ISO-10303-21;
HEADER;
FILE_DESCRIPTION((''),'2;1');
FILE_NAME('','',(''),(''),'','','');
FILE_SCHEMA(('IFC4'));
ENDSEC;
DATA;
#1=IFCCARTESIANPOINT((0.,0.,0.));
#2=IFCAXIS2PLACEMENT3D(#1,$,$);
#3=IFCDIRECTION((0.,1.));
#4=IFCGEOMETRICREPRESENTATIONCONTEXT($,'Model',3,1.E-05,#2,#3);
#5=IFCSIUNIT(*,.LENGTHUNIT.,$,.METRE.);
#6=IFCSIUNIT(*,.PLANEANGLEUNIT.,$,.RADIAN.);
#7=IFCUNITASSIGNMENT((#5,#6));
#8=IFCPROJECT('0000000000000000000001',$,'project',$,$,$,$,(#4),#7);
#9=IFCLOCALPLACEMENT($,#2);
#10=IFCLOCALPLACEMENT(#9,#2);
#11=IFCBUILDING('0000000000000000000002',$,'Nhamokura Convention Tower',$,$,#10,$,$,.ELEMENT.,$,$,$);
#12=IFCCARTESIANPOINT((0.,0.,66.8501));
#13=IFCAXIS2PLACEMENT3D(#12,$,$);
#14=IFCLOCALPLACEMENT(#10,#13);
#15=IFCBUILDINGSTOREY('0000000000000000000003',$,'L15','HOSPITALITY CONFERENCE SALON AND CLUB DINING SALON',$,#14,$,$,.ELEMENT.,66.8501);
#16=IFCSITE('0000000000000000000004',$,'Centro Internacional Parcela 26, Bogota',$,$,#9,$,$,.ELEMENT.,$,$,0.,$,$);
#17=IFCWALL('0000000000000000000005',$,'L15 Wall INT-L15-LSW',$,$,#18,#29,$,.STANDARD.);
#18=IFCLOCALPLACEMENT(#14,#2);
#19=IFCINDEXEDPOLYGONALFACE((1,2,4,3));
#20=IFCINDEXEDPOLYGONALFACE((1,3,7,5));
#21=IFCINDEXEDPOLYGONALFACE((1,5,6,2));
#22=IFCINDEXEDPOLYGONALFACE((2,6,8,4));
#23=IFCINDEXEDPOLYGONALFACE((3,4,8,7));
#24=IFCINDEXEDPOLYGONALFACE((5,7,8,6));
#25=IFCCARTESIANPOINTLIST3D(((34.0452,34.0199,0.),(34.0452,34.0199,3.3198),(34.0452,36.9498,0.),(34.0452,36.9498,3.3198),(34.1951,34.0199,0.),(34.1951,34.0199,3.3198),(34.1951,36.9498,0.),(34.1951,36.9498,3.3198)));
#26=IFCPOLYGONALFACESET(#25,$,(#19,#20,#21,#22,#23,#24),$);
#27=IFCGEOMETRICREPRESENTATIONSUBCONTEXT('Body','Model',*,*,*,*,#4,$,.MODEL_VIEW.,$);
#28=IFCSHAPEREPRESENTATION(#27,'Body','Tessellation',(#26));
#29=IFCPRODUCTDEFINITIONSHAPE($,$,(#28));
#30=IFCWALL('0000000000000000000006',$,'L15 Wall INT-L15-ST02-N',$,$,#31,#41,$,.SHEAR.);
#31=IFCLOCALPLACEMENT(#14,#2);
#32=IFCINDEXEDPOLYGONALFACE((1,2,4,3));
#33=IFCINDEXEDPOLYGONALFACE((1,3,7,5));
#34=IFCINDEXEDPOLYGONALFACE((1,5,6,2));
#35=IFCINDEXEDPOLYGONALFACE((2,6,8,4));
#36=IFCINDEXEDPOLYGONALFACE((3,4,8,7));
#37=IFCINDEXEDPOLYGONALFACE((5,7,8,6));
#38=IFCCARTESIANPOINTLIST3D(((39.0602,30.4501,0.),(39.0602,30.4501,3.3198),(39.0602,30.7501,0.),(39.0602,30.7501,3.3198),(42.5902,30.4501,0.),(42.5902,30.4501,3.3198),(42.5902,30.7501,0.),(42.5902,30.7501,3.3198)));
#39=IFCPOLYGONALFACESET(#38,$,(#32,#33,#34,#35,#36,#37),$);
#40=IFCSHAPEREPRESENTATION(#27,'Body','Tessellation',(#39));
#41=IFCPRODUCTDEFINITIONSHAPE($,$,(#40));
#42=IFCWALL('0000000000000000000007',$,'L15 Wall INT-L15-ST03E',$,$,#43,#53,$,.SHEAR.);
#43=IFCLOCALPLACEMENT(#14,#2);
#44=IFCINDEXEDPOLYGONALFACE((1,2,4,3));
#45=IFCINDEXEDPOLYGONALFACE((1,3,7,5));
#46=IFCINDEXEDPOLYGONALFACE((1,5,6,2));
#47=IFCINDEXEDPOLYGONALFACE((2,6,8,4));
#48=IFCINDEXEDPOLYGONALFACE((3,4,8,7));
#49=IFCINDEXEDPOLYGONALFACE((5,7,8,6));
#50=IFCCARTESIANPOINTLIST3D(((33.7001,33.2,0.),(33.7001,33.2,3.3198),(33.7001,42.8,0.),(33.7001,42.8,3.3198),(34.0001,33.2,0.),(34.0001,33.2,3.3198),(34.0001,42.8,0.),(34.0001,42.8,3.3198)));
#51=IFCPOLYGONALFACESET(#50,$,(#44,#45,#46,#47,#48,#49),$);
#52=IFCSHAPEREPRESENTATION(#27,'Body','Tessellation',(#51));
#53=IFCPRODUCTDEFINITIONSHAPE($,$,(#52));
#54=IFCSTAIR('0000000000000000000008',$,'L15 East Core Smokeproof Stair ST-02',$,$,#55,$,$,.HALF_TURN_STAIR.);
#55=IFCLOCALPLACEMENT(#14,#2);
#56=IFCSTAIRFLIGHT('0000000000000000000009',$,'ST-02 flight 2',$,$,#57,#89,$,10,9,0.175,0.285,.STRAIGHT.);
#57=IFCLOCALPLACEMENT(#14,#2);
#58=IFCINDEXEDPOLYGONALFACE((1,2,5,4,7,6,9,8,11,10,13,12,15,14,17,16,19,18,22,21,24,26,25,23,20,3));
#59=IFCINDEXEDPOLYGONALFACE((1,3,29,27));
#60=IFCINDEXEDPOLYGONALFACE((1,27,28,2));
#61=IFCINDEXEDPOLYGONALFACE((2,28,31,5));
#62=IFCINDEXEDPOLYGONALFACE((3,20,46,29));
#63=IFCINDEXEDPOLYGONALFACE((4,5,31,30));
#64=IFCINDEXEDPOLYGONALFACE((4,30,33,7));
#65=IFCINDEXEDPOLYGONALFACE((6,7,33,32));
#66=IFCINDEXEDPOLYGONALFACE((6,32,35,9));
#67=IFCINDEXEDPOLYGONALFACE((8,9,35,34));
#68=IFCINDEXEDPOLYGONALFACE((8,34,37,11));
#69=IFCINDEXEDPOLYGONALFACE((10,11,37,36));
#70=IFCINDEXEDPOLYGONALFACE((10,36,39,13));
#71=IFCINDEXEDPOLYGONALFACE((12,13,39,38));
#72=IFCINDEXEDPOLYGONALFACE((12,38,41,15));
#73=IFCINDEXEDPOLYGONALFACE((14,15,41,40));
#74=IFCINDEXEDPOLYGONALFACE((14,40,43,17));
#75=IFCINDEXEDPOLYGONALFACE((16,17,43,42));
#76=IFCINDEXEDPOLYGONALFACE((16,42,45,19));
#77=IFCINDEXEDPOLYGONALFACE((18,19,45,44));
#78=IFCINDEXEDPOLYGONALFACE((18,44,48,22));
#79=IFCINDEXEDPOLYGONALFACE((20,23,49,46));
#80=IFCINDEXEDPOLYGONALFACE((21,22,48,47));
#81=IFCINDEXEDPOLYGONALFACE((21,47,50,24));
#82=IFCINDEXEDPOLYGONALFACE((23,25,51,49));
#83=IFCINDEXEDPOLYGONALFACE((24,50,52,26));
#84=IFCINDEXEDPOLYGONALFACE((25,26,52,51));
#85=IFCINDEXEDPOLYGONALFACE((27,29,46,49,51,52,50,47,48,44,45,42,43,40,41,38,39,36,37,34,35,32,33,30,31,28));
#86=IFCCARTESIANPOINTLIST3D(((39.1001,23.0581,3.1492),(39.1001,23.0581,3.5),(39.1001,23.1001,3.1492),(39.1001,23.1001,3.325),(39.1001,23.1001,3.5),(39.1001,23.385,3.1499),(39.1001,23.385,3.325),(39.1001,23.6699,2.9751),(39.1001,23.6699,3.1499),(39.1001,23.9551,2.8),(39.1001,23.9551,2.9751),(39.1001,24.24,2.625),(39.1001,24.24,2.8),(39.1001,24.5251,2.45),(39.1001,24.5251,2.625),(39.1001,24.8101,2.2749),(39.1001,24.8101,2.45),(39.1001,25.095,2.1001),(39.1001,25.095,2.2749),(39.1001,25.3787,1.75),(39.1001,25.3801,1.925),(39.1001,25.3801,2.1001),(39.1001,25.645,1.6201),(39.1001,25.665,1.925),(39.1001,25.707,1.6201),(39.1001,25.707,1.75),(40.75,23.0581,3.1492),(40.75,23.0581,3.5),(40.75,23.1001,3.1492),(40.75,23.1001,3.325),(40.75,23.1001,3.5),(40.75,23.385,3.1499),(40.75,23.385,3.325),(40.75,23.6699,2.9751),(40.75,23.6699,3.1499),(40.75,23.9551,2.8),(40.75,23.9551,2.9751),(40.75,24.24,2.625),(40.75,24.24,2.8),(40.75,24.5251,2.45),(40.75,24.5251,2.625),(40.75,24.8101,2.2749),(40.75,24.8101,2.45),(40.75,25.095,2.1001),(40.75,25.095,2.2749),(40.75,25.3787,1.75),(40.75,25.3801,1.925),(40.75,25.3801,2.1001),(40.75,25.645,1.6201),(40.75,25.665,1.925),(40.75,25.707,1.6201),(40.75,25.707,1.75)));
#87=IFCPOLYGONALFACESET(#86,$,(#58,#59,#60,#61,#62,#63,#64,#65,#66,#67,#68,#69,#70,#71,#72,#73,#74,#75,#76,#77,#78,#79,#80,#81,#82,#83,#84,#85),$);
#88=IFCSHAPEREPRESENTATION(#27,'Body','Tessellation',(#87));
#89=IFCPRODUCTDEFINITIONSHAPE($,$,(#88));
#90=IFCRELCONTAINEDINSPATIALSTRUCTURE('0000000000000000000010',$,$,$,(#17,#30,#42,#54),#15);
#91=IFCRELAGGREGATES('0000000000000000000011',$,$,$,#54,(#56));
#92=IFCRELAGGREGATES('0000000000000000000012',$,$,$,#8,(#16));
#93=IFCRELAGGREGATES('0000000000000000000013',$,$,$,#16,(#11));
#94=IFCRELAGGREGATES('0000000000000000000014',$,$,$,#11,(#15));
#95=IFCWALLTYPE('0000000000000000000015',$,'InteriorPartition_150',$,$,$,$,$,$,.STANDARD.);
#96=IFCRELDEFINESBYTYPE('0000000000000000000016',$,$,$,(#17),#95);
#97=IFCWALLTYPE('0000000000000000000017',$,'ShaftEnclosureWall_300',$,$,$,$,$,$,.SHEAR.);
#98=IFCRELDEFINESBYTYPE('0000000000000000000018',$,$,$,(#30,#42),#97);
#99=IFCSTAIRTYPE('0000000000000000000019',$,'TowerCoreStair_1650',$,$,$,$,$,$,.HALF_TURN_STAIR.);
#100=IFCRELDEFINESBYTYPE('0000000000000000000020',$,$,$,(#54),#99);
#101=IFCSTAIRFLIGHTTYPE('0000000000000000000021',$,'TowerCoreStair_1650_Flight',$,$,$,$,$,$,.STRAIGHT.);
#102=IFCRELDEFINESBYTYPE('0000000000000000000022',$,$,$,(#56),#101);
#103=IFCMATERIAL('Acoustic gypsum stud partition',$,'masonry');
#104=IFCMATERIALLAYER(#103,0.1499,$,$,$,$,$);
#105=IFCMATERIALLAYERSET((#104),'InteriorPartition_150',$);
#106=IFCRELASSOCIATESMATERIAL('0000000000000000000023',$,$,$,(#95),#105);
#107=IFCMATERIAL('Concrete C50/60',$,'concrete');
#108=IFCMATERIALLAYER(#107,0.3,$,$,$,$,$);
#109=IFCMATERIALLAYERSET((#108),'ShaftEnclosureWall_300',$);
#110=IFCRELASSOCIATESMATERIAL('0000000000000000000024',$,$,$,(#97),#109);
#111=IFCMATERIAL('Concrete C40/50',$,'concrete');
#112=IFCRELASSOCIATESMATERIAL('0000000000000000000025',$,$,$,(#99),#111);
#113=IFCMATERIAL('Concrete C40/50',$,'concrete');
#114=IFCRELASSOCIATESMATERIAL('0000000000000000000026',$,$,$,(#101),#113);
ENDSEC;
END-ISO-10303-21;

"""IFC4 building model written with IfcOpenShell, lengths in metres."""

from ifc_helpers import new_model, si_unit, direction, frame, frame_2d, origin, place, context, subcontext, project, spatial, polyline, rectangle, outline, extrude, material, layer, layer_set, type_object, element, aggregate, save


model = new_model("IFC4")

# Units and contexts
model_context = context("Model", 3, precision=1e-05, world=origin(), true_north=direction((0.0, 1.0)))
body_context = subcontext(model_context, "Body", "Model", "MODEL_VIEW")
ifc_project = project(units=[si_unit("LENGTHUNIT", "METRE"), si_unit("PLANEANGLEUNIT", "RADIAN")], contexts=[model_context])

# Site, building, storey
site_placement = place(None, origin())
site = spatial("IfcSite", under=ifc_project, at=site_placement, Name="Centro Internacional Parcela 26, Bogota", CompositionType="ELEMENT", RefElevation=0.0)
building_placement = place(site_placement, origin())
building = spatial("IfcBuilding", under=site, at=building_placement, Name="Nhamokura Convention Tower", CompositionType="ELEMENT")
storey_placement = place(building_placement, frame((0.0, 0.0, 66.8501)))
storey = spatial("IfcBuildingStorey", under=building, at=storey_placement, Name="L15", Description="HOSPITALITY CONFERENCE SALON AND CLUB DINING SALON", CompositionType="ELEMENT", Elevation=66.8501)

# Shared definitions
ifc_material_1 = material(Name="Acoustic gypsum stud partition", Category="masonry")
ifc_layer_1 = layer(ifc_material_1, 0.1499)
ifc_layer_set_1 = layer_set([ifc_layer_1], Name="InteriorPartition_150")
wall_type_1 = type_object("IfcWallType", Name="InteriorPartition_150", PredefinedType="STANDARD", material=ifc_layer_set_1)

# Walls
wall_1_placement = place(storey_placement, frame((34.1201, 34.02, 0.0), z_axis=(0.0, 0.0, 1.0), x_axis=(0.0, 1.0, 0.0)))
element("IfcWall", 1, at=wall_1_placement, inside=storey, type_object=wall_type_1, Name="L15 Wall INT-L15-LSW", PredefinedType="STANDARD", context=body_context, shape_type="SweptSolid", body=[
    extrude(rectangle(XDim=2.9299, YDim=0.1499, at=frame_2d((1.4648, 0.0))), origin(), (0.0, 0.0, 1.0), 3.3198),
])
ifc_material_2 = material(Name="Concrete C50/60", Category="concrete")
ifc_layer_2 = layer(ifc_material_2, 0.3)
ifc_layer_set_2 = layer_set([ifc_layer_2], Name="ShaftEnclosureWall_300")
wall_type_2 = type_object("IfcWallType", Name="ShaftEnclosureWall_300", PredefinedType="SHEAR", material=ifc_layer_set_2)
wall_2_placement = place(storey_placement, frame((39.0601, 30.6001, 0.0), z_axis=(0.0, 0.0, 1.0), x_axis=(1.0, 0.0, 0.0)))
element("IfcWall", 2, at=wall_2_placement, inside=storey, type_object=wall_type_2, Name="L15 Wall INT-L15-ST02-N", PredefinedType="SHEAR", context=body_context, shape_type="SweptSolid", body=[
    extrude(rectangle(XDim=3.53, YDim=0.3, at=frame_2d((1.7651, 0.0))), origin(), (0.0, 0.0, 1.0), 3.3198),
])
wall_3_placement = place(storey_placement, frame((33.8501, 33.2, 0.0), z_axis=(0.0, 0.0, 1.0), x_axis=(0.0, 1.0, 0.0)))
element("IfcWall", 3, at=wall_3_placement, inside=storey, type_object=wall_type_2, Name="L15 Wall INT-L15-ST03E", PredefinedType="SHEAR", context=body_context, shape_type="SweptSolid", body=[
    extrude(rectangle(XDim=9.6001, YDim=0.3, at=frame_2d((4.8, 0.0))), origin(), (0.0, 0.0, 1.0), 3.3198),
])

# Stair, stair flight
ifc_material_3 = material(Name="Concrete C40/50", Category="concrete")
stair_type = type_object("IfcStairType", Name="TowerCoreStair_1650", PredefinedType="HALF_TURN_STAIR", material=ifc_material_3)
stair_placement = place(storey_placement, origin())
stair = element("IfcStair", 4, at=stair_placement, inside=storey, type_object=stair_type, Name="L15 East Core Smokeproof Stair ST-02", PredefinedType="HALF_TURN_STAIR")
ifc_material_4 = material(Name="Concrete C40/50", Category="concrete")
stair_flight_type = type_object("IfcStairFlightType", Name="TowerCoreStair_1650_Flight", PredefinedType="STRAIGHT", material=ifc_material_4)
stair_flight_placement = place(storey_placement, frame((39.925, 25.665, 1.75), z_axis=(0.0, 0.0, 1.0), x_axis=(0.0, -1.0, 0.0)))
stair_flight = element("IfcStairFlight", 5, at=stair_flight_placement, type_object=stair_flight_type, Name="ST-02 flight 2", NumberOfRisers=10, NumberOfTreads=9, PredefinedType="STRAIGHT", RiserHeight=0.175, TreadLength=0.285, context=body_context, shape_type="SweptSolid", body=[
    extrude(outline(polyline([(-0.042, 0.0), (0.0, 0.175), (0.2849, 0.175), (0.2849, 0.3501), (0.5701, 0.3501), (0.5701, 0.5249), (0.855, 0.5249), (0.855, 0.7), (1.1399, 0.7), (1.1399, 0.875), (1.425, 0.875), (1.425, 1.05), (1.71, 1.05), (1.71, 1.2251), (1.9951, 1.2251), (1.9951, 1.3999), (2.28, 1.3999), (2.28, 1.575), (2.5649, 1.575), (2.5649, 1.75), (2.6069, 1.75), (2.6069, 1.3992), (2.5649, 1.3992), (0.2864, 0.0), (0.02, -0.1299), (-0.042, -0.1299), (-0.042, 0.0)])), frame((0.0, 0.825, 0.0), z_axis=(0.0, -1.0, 0.0), x_axis=(1.0, 0.0, 0.0)), (0.0, 0.0, 1.0), 1.6499),
])
aggregate(stair, [stair_flight])

save(model, "model.ifc")
